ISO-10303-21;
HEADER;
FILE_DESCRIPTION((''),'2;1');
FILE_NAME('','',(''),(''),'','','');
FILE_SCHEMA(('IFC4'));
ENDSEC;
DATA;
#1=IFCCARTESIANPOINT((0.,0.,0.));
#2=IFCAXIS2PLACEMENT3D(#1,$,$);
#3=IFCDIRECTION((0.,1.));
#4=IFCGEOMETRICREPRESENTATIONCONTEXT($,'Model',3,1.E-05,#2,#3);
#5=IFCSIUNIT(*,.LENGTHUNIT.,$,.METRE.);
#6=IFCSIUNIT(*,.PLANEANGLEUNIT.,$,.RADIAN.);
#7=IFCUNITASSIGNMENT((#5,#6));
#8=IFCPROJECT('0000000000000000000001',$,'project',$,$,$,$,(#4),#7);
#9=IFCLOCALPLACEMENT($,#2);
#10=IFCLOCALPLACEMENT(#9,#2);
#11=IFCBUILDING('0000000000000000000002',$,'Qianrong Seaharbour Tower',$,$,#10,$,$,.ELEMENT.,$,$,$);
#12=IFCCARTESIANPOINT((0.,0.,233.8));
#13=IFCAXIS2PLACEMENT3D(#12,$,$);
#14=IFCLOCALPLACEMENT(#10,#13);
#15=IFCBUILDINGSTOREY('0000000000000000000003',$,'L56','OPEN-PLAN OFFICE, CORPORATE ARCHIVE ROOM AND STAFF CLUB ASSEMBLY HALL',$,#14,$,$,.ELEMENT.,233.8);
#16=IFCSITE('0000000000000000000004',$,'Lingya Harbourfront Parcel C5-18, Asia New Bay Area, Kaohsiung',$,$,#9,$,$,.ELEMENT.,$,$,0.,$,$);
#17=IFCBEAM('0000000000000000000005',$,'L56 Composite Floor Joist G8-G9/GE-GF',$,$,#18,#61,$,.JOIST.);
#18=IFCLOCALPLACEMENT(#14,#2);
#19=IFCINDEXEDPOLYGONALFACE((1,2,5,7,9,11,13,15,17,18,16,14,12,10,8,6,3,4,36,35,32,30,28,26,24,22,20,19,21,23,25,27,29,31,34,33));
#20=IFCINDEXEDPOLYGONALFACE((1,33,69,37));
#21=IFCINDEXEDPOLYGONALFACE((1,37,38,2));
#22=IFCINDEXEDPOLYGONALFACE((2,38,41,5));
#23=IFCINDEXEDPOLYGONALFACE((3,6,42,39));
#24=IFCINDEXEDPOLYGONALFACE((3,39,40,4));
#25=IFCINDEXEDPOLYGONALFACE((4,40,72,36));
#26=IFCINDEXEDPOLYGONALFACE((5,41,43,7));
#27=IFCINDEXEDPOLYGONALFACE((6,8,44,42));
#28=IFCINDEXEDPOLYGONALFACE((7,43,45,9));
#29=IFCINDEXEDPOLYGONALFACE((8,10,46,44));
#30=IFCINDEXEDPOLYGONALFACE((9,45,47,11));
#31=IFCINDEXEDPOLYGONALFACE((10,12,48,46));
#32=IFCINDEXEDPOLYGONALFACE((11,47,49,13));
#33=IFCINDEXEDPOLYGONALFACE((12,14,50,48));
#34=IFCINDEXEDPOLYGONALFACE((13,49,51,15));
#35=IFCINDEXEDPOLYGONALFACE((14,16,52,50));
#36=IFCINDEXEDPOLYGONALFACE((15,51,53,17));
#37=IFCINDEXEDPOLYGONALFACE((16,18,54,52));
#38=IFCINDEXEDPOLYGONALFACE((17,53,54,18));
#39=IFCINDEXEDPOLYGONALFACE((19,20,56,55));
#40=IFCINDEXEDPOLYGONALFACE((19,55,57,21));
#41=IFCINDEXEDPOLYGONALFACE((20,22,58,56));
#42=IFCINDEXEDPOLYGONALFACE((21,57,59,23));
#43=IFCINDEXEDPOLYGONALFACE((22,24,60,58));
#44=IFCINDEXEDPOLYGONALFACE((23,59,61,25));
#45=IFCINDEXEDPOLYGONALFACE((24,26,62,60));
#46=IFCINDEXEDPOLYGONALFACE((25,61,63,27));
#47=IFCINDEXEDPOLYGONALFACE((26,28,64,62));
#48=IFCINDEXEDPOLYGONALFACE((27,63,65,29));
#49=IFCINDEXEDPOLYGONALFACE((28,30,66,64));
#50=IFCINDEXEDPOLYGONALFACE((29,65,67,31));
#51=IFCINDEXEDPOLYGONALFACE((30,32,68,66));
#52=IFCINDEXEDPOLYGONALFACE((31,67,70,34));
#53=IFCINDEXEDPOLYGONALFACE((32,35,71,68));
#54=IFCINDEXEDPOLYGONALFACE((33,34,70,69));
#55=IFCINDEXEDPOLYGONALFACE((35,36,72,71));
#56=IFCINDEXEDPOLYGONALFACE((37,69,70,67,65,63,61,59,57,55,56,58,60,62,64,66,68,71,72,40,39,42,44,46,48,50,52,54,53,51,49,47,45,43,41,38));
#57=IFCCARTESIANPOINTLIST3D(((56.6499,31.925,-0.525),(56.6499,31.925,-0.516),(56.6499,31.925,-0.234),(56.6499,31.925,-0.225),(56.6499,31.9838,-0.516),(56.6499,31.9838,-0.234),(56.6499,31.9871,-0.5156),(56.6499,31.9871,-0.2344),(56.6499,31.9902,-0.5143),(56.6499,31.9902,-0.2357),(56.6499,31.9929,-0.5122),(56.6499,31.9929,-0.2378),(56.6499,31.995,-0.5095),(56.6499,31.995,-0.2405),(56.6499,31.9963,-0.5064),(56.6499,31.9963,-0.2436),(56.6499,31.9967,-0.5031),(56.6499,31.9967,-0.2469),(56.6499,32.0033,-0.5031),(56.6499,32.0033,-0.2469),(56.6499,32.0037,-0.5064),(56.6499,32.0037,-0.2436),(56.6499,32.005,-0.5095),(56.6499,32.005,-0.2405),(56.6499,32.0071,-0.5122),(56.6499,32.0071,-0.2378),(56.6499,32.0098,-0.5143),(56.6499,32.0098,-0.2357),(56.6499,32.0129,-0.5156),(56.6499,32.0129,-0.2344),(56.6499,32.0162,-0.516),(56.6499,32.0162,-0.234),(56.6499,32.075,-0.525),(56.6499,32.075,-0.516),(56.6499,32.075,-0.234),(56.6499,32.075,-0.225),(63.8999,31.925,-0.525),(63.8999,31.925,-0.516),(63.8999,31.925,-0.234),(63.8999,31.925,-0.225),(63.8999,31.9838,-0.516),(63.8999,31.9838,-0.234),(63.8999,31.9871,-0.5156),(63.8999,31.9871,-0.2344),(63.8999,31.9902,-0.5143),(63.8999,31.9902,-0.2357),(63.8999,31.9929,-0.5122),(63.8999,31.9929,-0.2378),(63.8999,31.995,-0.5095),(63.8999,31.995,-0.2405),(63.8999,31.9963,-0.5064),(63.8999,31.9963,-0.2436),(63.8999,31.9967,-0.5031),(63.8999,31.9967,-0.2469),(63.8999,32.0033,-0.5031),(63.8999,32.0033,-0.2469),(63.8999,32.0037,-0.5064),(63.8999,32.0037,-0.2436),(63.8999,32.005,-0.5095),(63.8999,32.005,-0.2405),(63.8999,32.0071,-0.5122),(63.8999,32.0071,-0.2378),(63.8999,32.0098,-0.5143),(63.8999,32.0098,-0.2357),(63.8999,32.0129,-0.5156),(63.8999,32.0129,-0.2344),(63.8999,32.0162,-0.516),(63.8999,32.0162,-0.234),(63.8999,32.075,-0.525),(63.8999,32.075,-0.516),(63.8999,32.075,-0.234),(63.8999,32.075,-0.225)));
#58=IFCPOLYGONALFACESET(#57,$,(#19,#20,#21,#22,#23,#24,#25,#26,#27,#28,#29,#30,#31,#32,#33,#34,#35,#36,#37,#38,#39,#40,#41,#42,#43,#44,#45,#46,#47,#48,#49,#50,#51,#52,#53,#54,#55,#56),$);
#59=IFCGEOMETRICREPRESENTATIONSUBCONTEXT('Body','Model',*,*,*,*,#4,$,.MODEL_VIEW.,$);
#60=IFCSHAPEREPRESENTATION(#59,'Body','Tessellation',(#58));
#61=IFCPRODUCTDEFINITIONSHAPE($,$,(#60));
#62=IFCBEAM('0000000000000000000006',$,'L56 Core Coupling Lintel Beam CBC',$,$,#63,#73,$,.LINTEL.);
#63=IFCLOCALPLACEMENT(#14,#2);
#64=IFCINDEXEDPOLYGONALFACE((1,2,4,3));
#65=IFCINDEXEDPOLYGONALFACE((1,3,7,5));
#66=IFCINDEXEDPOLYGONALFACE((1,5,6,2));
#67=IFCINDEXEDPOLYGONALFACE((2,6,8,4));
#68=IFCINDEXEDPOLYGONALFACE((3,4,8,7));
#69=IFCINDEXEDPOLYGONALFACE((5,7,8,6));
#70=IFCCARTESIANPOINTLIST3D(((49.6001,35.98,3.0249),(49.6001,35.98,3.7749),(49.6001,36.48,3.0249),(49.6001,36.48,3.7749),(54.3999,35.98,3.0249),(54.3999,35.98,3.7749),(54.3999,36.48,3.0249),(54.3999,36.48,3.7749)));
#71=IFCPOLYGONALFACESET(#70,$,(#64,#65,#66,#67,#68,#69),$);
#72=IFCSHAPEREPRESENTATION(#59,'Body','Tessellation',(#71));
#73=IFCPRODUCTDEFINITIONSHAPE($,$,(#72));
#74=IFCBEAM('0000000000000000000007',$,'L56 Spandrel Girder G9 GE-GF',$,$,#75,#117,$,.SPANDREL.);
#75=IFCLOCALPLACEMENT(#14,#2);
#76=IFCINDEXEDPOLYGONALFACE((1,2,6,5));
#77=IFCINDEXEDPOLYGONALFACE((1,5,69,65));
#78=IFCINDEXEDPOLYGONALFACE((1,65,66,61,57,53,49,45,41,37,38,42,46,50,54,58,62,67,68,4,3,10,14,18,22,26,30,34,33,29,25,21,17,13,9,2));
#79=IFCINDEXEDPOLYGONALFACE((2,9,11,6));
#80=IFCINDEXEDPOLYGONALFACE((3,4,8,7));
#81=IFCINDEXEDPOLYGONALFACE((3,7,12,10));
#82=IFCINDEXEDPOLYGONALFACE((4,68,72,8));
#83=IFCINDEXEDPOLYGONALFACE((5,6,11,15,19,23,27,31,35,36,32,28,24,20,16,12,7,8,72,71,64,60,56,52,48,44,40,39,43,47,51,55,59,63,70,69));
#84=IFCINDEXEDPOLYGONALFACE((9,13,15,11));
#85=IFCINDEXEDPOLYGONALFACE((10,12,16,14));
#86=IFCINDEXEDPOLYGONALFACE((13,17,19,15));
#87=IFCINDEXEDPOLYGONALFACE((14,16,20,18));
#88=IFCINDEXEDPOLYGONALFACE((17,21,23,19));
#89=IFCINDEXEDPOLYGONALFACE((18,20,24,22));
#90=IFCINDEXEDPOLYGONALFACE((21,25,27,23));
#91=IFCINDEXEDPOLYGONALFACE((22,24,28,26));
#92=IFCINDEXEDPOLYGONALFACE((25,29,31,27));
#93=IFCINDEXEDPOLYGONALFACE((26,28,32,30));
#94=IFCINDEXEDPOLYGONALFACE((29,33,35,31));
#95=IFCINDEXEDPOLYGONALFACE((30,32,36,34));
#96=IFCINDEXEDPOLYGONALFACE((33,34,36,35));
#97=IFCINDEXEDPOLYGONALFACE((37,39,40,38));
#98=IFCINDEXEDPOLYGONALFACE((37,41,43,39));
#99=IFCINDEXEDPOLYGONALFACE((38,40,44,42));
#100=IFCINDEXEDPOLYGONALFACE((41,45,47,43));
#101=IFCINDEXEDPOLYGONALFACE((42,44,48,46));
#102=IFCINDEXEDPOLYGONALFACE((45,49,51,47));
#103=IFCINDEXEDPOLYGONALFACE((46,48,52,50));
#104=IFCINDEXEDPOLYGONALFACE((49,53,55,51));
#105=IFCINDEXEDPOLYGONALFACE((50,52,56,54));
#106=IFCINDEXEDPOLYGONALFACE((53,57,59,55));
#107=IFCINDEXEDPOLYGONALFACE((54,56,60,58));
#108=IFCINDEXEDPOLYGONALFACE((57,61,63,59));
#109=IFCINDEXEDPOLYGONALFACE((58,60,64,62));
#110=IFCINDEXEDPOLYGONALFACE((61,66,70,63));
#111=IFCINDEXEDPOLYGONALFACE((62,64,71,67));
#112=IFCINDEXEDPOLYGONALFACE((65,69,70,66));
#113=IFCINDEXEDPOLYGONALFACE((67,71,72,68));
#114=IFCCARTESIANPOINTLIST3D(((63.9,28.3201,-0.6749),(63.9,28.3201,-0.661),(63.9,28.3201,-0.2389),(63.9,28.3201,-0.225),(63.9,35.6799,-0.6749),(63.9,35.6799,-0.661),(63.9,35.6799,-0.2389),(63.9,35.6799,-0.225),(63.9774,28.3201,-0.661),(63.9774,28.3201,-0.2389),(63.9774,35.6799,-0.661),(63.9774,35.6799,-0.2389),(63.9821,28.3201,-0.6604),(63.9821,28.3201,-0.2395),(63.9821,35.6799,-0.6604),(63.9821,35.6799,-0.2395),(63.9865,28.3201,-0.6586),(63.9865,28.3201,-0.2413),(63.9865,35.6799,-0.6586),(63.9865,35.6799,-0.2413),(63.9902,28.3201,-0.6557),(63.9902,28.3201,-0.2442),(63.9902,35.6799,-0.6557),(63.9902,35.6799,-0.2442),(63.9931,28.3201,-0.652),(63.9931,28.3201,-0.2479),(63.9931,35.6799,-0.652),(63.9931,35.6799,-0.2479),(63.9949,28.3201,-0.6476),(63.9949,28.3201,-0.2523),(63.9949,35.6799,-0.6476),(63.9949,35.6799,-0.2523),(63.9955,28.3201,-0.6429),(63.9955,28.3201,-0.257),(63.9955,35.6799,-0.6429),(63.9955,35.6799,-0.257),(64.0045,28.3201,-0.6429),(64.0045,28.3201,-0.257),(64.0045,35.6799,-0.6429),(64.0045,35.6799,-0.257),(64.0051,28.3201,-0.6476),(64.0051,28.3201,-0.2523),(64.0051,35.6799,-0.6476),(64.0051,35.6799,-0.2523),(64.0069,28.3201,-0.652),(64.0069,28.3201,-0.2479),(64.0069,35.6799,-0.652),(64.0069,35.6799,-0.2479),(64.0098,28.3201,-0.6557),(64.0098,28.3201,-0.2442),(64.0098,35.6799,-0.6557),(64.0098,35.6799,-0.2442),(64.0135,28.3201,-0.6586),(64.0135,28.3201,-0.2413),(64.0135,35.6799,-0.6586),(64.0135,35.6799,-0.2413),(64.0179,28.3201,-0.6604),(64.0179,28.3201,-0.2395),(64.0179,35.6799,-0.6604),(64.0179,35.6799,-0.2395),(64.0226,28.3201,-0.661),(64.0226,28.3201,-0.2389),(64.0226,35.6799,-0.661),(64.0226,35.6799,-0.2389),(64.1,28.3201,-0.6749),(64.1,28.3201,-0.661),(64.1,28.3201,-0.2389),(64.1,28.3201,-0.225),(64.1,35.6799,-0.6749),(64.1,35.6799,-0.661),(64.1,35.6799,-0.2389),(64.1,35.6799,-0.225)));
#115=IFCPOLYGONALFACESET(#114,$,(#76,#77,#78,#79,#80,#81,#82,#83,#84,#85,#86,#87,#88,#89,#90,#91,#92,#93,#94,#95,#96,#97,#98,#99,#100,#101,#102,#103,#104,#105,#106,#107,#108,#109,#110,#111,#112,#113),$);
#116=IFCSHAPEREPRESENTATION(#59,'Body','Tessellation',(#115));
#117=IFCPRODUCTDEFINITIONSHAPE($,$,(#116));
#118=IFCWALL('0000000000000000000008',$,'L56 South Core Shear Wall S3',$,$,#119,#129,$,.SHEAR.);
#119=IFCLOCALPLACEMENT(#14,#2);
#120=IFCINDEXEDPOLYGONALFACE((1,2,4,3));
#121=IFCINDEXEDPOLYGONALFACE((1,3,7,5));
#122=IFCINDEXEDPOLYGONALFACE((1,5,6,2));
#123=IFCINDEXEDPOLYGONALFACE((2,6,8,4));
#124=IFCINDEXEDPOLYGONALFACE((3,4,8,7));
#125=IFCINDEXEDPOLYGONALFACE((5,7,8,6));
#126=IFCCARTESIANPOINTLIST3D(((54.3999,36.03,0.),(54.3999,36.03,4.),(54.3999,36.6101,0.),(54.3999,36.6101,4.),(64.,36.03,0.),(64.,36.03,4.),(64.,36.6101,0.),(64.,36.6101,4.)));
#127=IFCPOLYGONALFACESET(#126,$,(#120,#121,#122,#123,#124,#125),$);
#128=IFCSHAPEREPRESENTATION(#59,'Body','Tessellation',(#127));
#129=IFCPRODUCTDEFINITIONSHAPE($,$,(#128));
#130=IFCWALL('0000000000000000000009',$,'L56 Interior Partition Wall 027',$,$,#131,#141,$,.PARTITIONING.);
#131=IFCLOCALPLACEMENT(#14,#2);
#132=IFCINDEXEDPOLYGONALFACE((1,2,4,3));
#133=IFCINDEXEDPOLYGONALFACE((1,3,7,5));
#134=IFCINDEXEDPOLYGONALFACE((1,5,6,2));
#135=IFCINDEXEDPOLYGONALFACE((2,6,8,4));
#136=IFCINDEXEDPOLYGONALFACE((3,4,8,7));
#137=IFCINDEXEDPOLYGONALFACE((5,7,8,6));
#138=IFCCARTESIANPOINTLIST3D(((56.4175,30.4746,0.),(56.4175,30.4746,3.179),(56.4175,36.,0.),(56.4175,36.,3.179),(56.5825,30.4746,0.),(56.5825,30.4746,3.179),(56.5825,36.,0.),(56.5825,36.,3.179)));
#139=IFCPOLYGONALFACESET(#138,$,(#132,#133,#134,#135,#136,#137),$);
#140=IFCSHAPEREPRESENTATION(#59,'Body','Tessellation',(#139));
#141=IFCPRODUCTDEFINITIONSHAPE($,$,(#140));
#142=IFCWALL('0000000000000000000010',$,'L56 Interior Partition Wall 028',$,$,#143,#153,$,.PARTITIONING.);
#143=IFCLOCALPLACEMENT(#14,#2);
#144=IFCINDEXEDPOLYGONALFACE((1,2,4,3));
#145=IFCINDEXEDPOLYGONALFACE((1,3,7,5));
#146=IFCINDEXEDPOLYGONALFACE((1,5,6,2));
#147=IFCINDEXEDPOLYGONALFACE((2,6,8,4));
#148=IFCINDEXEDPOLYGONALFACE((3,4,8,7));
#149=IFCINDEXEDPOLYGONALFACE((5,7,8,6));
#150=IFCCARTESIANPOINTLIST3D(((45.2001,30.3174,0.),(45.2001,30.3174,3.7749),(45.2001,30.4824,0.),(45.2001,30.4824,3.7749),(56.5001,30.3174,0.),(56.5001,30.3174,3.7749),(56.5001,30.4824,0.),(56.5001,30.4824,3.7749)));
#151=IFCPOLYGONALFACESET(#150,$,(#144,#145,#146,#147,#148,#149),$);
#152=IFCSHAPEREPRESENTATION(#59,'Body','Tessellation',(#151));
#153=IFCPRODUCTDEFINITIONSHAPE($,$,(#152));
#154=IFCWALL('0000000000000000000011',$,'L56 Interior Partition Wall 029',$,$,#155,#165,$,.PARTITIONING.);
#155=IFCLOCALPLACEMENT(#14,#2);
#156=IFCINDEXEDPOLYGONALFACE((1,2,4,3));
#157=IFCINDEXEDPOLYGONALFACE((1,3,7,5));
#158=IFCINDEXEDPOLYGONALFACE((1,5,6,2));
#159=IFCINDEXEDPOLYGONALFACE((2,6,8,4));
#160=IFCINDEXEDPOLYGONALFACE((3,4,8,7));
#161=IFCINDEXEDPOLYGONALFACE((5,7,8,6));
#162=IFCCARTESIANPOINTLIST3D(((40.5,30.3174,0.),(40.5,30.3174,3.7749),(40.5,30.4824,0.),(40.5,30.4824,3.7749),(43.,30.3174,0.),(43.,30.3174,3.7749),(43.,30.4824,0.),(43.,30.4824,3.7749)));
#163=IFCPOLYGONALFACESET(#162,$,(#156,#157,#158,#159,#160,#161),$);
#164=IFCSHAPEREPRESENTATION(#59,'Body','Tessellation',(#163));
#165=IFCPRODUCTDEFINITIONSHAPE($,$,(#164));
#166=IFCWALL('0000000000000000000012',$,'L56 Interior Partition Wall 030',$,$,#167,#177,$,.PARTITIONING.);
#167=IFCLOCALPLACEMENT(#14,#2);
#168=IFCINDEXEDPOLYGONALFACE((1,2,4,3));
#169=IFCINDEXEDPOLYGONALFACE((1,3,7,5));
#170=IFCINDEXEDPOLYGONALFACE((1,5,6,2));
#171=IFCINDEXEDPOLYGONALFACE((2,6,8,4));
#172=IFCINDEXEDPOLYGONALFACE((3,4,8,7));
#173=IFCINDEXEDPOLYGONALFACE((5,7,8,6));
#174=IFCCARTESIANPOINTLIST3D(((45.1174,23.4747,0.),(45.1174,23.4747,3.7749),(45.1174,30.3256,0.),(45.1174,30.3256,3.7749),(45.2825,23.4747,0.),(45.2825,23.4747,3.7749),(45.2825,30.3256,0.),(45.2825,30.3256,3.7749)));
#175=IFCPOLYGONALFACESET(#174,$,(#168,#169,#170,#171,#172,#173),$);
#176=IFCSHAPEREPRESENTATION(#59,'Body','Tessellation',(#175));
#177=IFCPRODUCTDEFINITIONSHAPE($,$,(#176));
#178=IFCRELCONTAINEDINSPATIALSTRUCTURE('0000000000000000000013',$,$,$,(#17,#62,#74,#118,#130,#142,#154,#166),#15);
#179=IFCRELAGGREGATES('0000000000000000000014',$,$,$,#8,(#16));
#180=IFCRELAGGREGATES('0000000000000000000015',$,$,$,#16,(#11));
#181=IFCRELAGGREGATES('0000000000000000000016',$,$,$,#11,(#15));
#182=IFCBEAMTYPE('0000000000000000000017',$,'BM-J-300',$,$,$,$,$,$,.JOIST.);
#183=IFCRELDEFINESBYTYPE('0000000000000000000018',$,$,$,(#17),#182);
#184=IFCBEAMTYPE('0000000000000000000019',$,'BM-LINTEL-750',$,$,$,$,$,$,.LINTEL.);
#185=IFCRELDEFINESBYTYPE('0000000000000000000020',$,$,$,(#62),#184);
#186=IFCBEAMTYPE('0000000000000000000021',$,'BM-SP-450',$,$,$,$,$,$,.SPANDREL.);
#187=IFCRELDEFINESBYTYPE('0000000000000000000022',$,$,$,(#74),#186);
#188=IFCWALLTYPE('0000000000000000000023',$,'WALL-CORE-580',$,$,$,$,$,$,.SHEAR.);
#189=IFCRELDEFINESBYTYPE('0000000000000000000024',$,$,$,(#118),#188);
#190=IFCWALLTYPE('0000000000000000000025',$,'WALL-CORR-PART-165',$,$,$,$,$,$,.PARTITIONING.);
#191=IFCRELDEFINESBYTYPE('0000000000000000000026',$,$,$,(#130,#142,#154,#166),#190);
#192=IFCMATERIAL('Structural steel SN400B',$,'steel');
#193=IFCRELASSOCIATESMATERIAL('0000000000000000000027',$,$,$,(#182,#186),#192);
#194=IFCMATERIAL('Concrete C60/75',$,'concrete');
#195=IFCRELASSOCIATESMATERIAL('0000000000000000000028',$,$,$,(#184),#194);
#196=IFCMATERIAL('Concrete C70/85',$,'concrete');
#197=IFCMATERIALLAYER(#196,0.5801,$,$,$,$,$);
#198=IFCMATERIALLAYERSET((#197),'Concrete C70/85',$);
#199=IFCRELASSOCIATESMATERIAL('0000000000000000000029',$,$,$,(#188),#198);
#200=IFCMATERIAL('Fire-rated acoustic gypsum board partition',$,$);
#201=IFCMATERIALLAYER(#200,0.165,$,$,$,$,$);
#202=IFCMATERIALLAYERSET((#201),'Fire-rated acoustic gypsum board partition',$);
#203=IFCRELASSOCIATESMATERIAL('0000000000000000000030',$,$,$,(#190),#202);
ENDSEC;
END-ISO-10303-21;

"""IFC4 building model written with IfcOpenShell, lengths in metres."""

from ifc_helpers import new_model, si_unit, direction, frame, frame_2d, origin, origin_2d, place, context, subcontext, project, spatial, rectangle, i_section, extrude, material, layer, layer_set, material_profile, profile_set, type_object, element, save


model = new_model("IFC4")

# Units and contexts
model_context = context("Model", 3, precision=1e-05, world=origin(), true_north=direction((0.0, 1.0)))
body_context = subcontext(model_context, "Body", "Model", "MODEL_VIEW")
ifc_project = project(units=[si_unit("LENGTHUNIT", "METRE"), si_unit("PLANEANGLEUNIT", "RADIAN")], contexts=[model_context])

# Site, building, storey
site_placement = place(None, origin())
site = spatial("IfcSite", under=ifc_project, at=site_placement, Name="Lingya Harbourfront Parcel C5-18, Asia New Bay Area, Kaohsiung", CompositionType="ELEMENT", RefElevation=0.0)
building_placement = place(site_placement, origin())
building = spatial("IfcBuilding", under=site, at=building_placement, Name="Qianrong Seaharbour Tower", CompositionType="ELEMENT")
storey_placement = place(building_placement, frame((0.0, 0.0, 233.8)))
storey = spatial("IfcBuildingStorey", under=building, at=storey_placement, Name="L56", Description="OPEN-PLAN OFFICE, CORPORATE ARCHIVE ROOM AND STAFF CLUB ASSEMBLY HALL", CompositionType="ELEMENT", Elevation=233.8)

# Beams
ifc_material_1 = material(Name="Structural steel SN400B", Category="steel")
ifc_material_profile_1 = material_profile(ifc_material_1, i_section(OverallWidth=0.1499, OverallDepth=0.3, WebThickness=0.0066, FlangeThickness=0.009, FilletRadius=0.0129, at=origin_2d()), Name="H300x150x6.5x9")
ifc_profile_set_1 = profile_set([ifc_material_profile_1], Name="Structural steel SN400B")
beam_type_1 = type_object("IfcBeamType", Name="BM-J-300", PredefinedType="JOIST", material=ifc_profile_set_1)
for number, where, z_axis, x_axis, name in (
    (1, (56.6499, 32.0, -0.375), (1.0, 0.0, 0.0), (0.0, 1.0, 0.0), "L56 Composite Floor Joist G8-G9/GE-GF"),
):
    element("IfcBeam", number, at=place(storey_placement, frame(where, z_axis=z_axis, x_axis=x_axis)), inside=storey, type_object=beam_type_1, Name=name, PredefinedType="JOIST", context=body_context, shape_type="SweptSolid", body=[
        extrude(i_section(OverallWidth=0.1499, OverallDepth=0.3, WebThickness=0.0066, FlangeThickness=0.009, FilletRadius=0.0129, at=origin_2d()), origin(), (0.0, 0.0, 1.0), 7.25),
    ])
ifc_material_2 = material(Name="Concrete C60/75", Category="concrete")
ifc_material_profile_2 = material_profile(ifc_material_2, rectangle(XDim=0.5, YDim=0.75, at=origin_2d()), Name="RC500x750")
ifc_profile_set_2 = profile_set([ifc_material_profile_2], Name="Concrete C60/75")
beam_type_2 = type_object("IfcBeamType", Name="BM-LINTEL-750", PredefinedType="LINTEL", material=ifc_profile_set_2)
beam_1_placement = place(storey_placement, frame((49.6001, 36.23, 3.3999), z_axis=(1.0, 0.0, 0.0), x_axis=(0.0, 1.0, 0.0)))
element("IfcBeam", 2, at=beam_1_placement, inside=storey, type_object=beam_type_2, Name="L56 Core Coupling Lintel Beam CBC", PredefinedType="LINTEL", context=body_context, shape_type="SweptSolid", body=[
    extrude(rectangle(XDim=0.5, YDim=0.75, at=origin_2d()), origin(), (0.0, 0.0, 1.0), 4.7998),
])
ifc_material_profile_3 = material_profile(ifc_material_1, i_section(OverallWidth=0.2, OverallDepth=0.45, WebThickness=0.009, FlangeThickness=0.0139, FilletRadius=0.0181, at=origin_2d()), Name="H450x200x9x14")
ifc_profile_set_3 = profile_set([ifc_material_profile_3], Name="Structural steel SN400B")
beam_type_3 = type_object("IfcBeamType", Name="BM-SP-450", PredefinedType="SPANDREL", material=ifc_profile_set_3)
beam_2_placement = place(storey_placement, frame((64.0, 28.3201, -0.45), z_axis=(0.0, 1.0, 0.0), x_axis=(-1.0, 0.0, 0.0)))
element("IfcBeam", 3, at=beam_2_placement, inside=storey, type_object=beam_type_3, Name="L56 Spandrel Girder G9 GE-GF", PredefinedType="SPANDREL", context=body_context, shape_type="SweptSolid", body=[
    extrude(i_section(OverallWidth=0.2, OverallDepth=0.45, WebThickness=0.009, FlangeThickness=0.0139, FilletRadius=0.0181, at=origin_2d()), origin(), (0.0, 0.0, 1.0), 7.3599),
])

# Walls
ifc_material_3 = material(Name="Concrete C70/85", Category="concrete")
ifc_layer_1 = layer(ifc_material_3, 0.5801)
ifc_layer_set_1 = layer_set([ifc_layer_1], Name="Concrete C70/85")
wall_type_1 = type_object("IfcWallType", Name="WALL-CORE-580", PredefinedType="SHEAR", material=ifc_layer_set_1)
wall_1_placement = place(storey_placement, frame((54.3999, 36.3201, 0.0), z_axis=(0.0, 0.0, 1.0), x_axis=(1.0, 0.0, 0.0)))
element("IfcWall", 4, at=wall_1_placement, inside=storey, type_object=wall_type_1, Name="L56 South Core Shear Wall S3", PredefinedType="SHEAR", context=body_context, shape_type="SweptSolid", body=[
    extrude(rectangle(XDim=9.6001, YDim=0.5801, at=frame_2d((4.8, 0.0))), origin(), (0.0, 0.0, 1.0), 4.0),
])
ifc_material_4 = material(Name="Fire-rated acoustic gypsum board partition")
ifc_layer_2 = layer(ifc_material_4, 0.165)
ifc_layer_set_2 = layer_set([ifc_layer_2], Name="Fire-rated acoustic gypsum board partition")
wall_type_2 = type_object("IfcWallType", Name="WALL-CORR-PART-165", PredefinedType="PARTITIONING", material=ifc_layer_set_2)
wall_2_placement = place(storey_placement, frame((56.5, 36.0, 0.0), z_axis=(0.0, 0.0, 1.0), x_axis=(0.0, -1.0, 0.0)))
element("IfcWall", 5, at=wall_2_placement, inside=storey, type_object=wall_type_2, Name="L56 Interior Partition Wall 027", PredefinedType="PARTITIONING", context=body_context, shape_type="SweptSolid", body=[
    extrude(rectangle(XDim=5.5254, YDim=0.165, at=frame_2d((2.7627, 0.0))), origin(), (0.0, 0.0, 1.0), 3.179),
])
wall_3_placement = place(storey_placement, frame((56.5, 30.3999, 0.0), z_axis=(0.0, 0.0, 1.0), x_axis=(-1.0, 0.0, 0.0)))
element("IfcWall", 6, at=wall_3_placement, inside=storey, type_object=wall_type_2, Name="L56 Interior Partition Wall 028", PredefinedType="PARTITIONING", context=body_context, shape_type="SweptSolid", body=[
    extrude(rectangle(XDim=11.3, YDim=0.165, at=frame_2d((5.6499, 0.0))), origin(), (0.0, 0.0, 1.0), 3.7749),
])
wall_4_placement = place(storey_placement, frame((43.0, 30.3999, 0.0), z_axis=(0.0, 0.0, 1.0), x_axis=(-1.0, 0.0, 0.0)))
element("IfcWall", 7, at=wall_4_placement, inside=storey, type_object=wall_type_2, Name="L56 Interior Partition Wall 029", PredefinedType="PARTITIONING", context=body_context, shape_type="SweptSolid", body=[
    extrude(rectangle(XDim=2.5, YDim=0.165, at=frame_2d((1.25, 0.0))), origin(), (0.0, 0.0, 1.0), 3.7749),
])
wall_5_placement = place(storey_placement, frame((45.2, 30.3254, 0.0), z_axis=(0.0, 0.0, 1.0), x_axis=(0.0, -1.0, 0.0)))
element("IfcWall", 8, at=wall_5_placement, inside=storey, type_object=wall_type_2, Name="L56 Interior Partition Wall 030", PredefinedType="PARTITIONING", context=body_context, shape_type="SweptSolid", body=[
    extrude(rectangle(XDim=6.8508, YDim=0.165, at=frame_2d((3.4253, 0.0))), origin(), (0.0, 0.0, 1.0), 3.7749),
])

save(model, "model.ifc")
